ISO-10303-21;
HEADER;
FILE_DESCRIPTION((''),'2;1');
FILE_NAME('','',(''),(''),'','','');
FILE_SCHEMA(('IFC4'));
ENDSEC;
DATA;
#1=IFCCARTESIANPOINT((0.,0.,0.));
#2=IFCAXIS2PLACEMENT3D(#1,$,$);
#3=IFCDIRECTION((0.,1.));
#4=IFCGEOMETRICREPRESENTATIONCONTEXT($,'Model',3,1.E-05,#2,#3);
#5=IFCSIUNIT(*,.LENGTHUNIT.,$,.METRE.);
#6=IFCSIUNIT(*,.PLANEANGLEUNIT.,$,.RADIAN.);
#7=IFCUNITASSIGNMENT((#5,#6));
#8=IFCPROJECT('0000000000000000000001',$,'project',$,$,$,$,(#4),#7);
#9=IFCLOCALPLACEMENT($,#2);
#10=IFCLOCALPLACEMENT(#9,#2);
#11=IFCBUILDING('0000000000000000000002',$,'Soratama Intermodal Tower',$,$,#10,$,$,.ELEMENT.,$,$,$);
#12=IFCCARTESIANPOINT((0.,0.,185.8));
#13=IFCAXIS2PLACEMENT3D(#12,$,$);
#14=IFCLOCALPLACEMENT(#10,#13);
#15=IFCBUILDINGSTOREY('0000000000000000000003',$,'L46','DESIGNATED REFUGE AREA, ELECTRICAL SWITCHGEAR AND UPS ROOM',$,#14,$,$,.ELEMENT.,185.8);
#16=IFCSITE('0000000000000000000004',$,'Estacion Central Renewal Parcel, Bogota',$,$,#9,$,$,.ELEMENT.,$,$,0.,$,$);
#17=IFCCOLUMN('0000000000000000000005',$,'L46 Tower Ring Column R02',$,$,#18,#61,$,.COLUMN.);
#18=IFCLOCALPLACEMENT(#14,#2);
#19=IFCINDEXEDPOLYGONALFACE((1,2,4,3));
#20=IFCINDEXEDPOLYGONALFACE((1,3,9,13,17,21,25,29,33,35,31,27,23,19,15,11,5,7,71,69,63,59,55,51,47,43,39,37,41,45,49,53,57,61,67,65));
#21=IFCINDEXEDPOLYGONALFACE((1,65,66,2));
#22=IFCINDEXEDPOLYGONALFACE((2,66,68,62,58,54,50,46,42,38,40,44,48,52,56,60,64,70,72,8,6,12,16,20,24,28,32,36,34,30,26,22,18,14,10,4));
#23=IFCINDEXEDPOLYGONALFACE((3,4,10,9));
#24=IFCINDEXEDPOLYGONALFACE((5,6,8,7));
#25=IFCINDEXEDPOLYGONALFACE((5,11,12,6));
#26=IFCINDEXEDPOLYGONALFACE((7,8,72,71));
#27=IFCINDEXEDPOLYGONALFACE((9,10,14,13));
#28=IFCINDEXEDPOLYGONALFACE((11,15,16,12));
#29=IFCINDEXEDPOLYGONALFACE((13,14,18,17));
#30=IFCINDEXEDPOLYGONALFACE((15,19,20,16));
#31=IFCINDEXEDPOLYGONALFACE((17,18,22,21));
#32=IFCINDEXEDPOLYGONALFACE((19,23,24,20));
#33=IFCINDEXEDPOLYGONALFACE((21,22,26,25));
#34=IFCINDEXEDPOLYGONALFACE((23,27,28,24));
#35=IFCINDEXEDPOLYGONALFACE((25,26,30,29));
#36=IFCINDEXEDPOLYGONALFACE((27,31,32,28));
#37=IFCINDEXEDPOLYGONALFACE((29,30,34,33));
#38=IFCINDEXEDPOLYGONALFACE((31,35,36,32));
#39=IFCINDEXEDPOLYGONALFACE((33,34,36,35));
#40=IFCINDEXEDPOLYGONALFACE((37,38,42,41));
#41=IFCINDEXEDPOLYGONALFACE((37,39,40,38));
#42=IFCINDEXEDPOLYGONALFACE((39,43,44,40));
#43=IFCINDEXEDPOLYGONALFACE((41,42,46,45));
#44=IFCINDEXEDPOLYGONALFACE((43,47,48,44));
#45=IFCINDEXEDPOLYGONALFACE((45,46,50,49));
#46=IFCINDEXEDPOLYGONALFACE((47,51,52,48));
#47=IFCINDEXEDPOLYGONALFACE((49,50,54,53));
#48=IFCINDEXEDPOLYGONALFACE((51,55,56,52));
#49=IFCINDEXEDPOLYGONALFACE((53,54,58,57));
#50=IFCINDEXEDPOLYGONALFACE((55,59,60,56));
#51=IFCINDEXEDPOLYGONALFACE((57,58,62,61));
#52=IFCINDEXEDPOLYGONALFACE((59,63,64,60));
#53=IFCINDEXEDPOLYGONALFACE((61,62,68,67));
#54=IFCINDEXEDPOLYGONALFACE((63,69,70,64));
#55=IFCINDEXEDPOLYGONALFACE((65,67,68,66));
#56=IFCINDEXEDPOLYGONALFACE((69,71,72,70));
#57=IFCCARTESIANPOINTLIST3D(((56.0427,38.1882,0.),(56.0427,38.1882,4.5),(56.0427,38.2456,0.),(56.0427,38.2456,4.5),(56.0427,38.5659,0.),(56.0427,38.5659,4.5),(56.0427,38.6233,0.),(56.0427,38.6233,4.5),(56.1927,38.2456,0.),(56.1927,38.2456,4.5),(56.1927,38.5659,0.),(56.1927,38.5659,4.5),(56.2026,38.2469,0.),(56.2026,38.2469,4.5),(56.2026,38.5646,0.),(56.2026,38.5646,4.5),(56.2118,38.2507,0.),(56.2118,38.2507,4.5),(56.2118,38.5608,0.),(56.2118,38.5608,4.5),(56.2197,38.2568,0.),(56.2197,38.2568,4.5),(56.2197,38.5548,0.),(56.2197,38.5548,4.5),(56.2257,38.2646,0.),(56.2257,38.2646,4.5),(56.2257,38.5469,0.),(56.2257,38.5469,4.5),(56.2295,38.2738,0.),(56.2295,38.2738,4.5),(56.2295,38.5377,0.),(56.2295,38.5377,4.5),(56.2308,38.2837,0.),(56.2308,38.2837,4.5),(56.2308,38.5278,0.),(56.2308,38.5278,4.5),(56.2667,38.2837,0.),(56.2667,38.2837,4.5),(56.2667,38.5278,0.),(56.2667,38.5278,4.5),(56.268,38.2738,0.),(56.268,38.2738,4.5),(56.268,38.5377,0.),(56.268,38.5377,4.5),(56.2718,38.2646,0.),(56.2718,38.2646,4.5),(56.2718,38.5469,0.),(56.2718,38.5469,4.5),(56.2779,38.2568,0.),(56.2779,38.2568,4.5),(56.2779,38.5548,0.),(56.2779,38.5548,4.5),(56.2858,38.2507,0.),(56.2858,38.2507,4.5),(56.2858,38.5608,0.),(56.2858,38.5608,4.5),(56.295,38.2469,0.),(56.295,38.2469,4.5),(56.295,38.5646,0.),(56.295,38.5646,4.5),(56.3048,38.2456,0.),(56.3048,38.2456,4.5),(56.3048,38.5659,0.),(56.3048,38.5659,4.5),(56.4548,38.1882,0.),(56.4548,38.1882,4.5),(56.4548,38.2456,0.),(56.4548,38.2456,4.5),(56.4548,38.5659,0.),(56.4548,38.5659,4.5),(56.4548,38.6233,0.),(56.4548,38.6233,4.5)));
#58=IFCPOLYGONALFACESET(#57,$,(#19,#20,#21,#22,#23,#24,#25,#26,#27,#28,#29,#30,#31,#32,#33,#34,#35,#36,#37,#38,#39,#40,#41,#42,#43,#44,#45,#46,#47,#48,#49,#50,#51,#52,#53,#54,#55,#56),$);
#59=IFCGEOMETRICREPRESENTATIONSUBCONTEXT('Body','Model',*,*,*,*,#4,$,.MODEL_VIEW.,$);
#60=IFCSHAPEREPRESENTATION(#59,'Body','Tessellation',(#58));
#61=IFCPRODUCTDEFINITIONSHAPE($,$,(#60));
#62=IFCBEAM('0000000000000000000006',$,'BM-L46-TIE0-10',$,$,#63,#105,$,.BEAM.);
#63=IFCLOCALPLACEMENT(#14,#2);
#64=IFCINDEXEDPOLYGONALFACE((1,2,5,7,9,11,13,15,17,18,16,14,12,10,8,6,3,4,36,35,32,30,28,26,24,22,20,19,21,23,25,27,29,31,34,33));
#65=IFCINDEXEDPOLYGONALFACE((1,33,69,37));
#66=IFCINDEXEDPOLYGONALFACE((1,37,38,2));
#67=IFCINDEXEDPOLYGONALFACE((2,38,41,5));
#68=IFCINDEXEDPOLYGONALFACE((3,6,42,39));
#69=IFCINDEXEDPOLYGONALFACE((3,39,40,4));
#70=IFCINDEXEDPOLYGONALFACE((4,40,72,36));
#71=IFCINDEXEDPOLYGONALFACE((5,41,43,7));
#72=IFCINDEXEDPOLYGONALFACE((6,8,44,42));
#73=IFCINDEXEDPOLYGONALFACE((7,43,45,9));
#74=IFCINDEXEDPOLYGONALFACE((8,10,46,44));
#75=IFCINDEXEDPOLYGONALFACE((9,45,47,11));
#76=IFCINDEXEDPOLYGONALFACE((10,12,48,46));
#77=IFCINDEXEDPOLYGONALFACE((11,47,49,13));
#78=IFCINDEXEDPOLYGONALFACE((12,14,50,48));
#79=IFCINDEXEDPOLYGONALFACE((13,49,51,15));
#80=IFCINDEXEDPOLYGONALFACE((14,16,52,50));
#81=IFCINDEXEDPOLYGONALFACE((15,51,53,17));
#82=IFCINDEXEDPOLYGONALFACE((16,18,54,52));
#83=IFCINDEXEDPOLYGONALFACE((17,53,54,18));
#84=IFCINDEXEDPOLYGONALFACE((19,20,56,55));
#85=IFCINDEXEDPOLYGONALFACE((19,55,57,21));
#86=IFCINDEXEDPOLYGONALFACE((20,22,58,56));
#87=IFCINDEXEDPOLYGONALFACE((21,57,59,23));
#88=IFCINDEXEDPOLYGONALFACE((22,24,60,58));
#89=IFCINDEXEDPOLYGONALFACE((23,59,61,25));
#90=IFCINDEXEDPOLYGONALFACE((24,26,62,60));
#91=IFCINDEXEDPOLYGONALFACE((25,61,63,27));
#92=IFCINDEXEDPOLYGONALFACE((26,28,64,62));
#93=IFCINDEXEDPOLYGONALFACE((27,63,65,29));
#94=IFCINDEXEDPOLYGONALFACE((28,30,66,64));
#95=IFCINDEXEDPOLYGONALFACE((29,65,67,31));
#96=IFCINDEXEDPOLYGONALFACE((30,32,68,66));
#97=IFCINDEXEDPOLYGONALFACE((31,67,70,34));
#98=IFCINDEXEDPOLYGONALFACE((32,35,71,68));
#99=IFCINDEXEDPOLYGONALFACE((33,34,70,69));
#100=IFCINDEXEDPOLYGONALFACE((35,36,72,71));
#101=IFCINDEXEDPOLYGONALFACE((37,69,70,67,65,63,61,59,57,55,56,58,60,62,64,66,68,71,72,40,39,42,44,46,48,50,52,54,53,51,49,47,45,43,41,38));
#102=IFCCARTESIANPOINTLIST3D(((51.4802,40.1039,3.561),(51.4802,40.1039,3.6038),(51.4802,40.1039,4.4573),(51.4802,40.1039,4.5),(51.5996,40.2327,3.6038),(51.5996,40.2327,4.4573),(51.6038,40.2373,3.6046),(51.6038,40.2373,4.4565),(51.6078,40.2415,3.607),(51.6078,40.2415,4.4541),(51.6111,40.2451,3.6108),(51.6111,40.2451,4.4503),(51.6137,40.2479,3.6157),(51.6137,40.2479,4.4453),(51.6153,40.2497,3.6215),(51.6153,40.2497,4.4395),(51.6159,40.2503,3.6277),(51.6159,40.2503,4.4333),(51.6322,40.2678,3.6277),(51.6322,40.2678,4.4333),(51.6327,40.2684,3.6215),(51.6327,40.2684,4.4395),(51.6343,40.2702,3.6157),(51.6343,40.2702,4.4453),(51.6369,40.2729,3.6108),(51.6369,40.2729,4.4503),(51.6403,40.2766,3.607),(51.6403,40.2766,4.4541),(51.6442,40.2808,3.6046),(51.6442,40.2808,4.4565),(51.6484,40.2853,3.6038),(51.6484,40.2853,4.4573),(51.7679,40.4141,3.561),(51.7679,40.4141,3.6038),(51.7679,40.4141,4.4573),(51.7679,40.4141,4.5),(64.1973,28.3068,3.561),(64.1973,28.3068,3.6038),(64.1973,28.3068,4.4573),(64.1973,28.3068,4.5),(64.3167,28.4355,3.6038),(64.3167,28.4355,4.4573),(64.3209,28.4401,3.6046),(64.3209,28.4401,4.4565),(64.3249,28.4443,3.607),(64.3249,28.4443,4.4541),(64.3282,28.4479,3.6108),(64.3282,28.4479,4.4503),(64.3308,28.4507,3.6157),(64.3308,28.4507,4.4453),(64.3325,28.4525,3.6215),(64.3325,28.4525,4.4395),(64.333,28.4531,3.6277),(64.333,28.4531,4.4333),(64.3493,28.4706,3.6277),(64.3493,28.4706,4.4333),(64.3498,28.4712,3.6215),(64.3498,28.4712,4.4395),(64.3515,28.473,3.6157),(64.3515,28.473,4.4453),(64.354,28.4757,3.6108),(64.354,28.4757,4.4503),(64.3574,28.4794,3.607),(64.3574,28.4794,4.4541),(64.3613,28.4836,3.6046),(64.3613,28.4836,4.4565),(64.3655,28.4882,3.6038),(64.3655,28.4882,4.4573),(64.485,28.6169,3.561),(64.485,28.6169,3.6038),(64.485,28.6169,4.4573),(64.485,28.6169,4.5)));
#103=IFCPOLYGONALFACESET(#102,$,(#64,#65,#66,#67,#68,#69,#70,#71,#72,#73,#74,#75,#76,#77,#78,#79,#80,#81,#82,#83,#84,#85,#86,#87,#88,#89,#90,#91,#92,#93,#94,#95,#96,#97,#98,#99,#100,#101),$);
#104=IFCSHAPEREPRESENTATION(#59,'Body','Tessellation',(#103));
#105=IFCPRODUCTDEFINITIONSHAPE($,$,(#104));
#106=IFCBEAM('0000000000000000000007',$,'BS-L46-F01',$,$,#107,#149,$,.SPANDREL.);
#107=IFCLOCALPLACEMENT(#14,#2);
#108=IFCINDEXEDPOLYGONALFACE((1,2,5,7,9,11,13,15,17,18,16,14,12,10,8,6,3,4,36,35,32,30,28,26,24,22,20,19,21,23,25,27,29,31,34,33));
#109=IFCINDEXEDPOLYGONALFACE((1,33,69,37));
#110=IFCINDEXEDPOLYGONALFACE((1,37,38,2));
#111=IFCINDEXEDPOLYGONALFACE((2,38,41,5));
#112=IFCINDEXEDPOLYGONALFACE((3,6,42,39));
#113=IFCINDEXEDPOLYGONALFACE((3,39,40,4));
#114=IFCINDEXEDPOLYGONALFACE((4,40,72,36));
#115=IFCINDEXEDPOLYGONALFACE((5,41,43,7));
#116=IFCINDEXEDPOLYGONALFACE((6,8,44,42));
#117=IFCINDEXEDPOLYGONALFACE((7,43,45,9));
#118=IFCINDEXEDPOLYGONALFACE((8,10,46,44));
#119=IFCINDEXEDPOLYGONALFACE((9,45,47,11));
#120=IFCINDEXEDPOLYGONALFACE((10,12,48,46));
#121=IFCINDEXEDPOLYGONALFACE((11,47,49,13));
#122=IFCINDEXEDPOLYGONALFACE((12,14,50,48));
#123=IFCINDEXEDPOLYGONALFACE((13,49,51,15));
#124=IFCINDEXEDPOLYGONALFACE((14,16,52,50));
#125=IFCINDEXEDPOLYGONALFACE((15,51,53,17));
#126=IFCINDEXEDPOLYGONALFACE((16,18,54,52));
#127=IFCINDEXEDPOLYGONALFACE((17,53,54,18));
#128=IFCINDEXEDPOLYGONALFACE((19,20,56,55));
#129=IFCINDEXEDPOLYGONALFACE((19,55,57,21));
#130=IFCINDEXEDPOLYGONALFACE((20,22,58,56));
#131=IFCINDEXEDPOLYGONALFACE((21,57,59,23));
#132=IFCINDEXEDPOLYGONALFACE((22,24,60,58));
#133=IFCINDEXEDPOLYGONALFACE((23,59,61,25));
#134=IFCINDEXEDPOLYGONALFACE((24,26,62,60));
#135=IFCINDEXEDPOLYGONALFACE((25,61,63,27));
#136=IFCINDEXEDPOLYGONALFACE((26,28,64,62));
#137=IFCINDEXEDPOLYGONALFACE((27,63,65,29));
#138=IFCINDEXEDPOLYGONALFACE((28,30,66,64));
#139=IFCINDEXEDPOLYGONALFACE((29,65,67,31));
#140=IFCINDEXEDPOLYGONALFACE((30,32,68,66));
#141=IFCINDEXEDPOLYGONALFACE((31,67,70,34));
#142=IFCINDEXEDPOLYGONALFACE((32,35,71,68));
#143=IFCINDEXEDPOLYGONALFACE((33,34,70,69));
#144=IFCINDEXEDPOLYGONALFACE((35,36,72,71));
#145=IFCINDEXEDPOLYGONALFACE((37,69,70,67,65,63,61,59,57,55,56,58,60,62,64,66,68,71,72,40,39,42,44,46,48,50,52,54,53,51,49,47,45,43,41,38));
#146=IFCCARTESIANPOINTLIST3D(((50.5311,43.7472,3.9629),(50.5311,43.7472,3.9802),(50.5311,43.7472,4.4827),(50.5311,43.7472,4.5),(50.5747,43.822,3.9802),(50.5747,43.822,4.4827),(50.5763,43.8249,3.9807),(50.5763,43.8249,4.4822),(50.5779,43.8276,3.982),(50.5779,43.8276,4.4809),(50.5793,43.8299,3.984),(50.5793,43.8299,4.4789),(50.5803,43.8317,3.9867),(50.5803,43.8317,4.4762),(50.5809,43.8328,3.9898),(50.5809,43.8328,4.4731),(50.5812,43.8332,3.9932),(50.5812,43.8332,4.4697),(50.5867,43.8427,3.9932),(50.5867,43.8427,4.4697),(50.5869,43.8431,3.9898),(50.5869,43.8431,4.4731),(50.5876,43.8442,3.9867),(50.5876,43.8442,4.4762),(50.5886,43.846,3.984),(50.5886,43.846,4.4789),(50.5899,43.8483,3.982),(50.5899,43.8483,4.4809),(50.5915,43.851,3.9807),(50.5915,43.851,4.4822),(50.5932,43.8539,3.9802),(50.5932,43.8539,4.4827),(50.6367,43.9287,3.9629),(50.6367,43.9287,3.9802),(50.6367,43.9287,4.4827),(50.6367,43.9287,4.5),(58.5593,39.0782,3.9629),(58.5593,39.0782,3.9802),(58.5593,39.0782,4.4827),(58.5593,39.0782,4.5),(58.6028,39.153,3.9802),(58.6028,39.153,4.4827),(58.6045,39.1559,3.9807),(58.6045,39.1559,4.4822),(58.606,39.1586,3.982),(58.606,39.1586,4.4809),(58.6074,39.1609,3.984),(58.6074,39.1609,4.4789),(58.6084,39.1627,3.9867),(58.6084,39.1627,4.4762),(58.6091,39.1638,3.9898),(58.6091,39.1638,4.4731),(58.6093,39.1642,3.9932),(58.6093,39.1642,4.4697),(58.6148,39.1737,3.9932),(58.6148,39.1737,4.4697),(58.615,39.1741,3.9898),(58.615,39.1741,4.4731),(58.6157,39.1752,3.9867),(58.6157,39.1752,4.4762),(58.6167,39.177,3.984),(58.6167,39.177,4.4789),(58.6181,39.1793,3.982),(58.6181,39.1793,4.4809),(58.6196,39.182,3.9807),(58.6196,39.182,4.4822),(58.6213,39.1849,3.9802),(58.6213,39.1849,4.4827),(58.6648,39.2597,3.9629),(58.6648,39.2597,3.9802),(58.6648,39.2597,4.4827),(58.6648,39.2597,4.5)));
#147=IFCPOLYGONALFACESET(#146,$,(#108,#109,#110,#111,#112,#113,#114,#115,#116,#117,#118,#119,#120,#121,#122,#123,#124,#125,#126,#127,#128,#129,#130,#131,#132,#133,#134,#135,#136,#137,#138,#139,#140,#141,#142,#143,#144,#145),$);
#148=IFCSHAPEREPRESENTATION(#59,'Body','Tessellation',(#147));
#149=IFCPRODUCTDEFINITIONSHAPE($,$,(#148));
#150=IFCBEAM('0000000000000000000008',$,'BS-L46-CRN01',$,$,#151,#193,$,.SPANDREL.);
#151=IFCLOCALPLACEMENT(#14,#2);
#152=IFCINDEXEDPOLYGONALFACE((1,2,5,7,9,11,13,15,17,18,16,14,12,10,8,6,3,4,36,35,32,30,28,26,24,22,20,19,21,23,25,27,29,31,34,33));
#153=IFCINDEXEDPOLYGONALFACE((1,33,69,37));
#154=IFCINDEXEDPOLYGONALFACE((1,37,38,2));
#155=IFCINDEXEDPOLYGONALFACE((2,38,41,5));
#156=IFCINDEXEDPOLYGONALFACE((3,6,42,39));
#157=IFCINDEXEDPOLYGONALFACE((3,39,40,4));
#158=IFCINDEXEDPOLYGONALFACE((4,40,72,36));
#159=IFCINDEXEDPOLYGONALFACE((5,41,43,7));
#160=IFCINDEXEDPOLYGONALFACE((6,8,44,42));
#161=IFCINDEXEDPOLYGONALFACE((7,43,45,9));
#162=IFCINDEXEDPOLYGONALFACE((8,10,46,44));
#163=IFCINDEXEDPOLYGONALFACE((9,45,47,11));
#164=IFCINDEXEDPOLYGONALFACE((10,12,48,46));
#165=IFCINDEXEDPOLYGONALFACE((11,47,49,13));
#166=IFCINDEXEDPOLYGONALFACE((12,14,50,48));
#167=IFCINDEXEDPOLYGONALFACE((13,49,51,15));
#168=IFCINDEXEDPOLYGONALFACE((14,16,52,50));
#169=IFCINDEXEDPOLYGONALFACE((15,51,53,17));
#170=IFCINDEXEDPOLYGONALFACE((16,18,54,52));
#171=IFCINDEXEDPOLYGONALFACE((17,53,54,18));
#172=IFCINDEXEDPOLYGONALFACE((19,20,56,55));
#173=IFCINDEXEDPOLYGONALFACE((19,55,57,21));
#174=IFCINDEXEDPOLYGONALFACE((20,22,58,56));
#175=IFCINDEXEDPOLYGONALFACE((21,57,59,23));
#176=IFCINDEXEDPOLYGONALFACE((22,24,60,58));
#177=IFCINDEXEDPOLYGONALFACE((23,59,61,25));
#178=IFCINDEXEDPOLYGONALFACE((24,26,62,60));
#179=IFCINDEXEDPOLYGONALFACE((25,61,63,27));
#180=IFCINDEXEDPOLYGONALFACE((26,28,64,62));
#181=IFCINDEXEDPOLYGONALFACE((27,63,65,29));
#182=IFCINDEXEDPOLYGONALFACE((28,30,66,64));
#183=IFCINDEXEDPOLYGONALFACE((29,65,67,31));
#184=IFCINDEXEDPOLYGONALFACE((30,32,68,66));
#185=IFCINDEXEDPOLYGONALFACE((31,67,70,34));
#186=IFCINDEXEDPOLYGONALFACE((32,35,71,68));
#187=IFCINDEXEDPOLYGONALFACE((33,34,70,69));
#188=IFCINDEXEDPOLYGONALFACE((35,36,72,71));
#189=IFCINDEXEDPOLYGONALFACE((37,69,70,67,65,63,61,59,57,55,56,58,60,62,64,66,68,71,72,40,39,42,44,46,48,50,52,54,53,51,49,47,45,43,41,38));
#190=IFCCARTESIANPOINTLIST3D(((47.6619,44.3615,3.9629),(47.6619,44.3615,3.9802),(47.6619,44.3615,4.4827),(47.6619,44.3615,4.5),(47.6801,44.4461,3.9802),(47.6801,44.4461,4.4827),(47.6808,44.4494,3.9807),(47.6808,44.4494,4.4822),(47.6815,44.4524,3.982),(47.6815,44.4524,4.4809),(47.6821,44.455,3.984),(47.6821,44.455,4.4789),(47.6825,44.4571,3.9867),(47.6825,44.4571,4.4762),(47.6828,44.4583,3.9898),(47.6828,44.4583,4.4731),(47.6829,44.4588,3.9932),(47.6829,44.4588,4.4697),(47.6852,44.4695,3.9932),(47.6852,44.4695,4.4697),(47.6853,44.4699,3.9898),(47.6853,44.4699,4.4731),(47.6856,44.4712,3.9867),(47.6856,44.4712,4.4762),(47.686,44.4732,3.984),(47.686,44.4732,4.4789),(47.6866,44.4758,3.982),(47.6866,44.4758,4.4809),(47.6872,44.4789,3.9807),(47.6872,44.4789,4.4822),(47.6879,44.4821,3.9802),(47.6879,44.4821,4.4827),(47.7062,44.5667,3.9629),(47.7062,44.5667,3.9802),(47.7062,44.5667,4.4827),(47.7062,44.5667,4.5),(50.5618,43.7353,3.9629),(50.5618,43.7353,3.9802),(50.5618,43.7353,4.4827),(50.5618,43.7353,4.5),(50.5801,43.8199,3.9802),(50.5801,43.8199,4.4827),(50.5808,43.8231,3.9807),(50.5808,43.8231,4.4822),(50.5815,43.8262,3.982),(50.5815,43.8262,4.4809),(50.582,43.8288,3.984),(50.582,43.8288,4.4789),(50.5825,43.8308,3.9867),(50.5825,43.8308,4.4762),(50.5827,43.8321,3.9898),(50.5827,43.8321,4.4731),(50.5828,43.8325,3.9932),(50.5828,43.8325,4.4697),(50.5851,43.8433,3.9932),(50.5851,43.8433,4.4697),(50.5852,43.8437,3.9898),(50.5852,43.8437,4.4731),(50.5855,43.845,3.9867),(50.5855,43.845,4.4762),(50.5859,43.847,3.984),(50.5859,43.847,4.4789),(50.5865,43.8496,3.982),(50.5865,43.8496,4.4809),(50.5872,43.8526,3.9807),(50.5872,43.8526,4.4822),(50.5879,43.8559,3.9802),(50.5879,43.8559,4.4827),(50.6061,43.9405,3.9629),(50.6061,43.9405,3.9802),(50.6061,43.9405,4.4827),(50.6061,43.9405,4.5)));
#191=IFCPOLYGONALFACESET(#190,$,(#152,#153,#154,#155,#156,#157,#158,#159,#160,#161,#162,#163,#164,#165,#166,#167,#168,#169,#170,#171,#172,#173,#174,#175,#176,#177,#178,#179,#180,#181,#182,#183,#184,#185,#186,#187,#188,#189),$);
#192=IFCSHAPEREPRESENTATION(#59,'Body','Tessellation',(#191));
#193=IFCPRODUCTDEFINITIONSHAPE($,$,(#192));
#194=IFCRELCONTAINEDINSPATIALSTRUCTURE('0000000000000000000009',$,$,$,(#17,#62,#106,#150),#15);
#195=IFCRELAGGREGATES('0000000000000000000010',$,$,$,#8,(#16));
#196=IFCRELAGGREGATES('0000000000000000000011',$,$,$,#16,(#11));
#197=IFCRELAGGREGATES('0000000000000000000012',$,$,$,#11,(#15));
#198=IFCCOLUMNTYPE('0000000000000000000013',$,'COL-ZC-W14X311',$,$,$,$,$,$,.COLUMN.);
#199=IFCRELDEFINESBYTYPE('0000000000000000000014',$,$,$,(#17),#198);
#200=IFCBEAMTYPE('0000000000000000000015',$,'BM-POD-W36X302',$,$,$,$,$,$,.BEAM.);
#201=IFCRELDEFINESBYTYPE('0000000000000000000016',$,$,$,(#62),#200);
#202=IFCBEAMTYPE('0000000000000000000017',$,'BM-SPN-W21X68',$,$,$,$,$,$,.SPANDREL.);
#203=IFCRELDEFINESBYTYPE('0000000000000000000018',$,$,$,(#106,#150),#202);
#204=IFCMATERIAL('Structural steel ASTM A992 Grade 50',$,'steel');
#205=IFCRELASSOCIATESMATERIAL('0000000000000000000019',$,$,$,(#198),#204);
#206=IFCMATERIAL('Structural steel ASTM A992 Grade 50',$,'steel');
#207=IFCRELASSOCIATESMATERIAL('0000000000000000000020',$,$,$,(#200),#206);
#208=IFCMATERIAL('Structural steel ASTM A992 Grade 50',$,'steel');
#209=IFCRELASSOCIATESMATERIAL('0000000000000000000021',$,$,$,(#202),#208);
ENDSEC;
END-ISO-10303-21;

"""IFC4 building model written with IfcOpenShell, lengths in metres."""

from ifc_helpers import new_model, si_unit, direction, frame, origin, origin_2d, place, context, subcontext, project, spatial, i_section, extrude, material, material_profile, profile_set, type_object, element, save


model = new_model("IFC4")

# Units and contexts
model_context = context("Model", 3, precision=1e-05, world=origin(), true_north=direction((0.0, 1.0)))
body_context = subcontext(model_context, "Body", "Model", "MODEL_VIEW")
ifc_project = project(units=[si_unit("LENGTHUNIT", "METRE"), si_unit("PLANEANGLEUNIT", "RADIAN")], contexts=[model_context])

# Site, building, storey
site_placement = place(None, origin())
site = spatial("IfcSite", under=ifc_project, at=site_placement, Name="Estacion Central Renewal Parcel, Bogota", CompositionType="ELEMENT", RefElevation=0.0)
building_placement = place(site_placement, origin())
building = spatial("IfcBuilding", under=site, at=building_placement, Name="Soratama Intermodal Tower", CompositionType="ELEMENT")
storey_placement = place(building_placement, frame((0.0, 0.0, 185.8)))
storey = spatial("IfcBuildingStorey", under=building, at=storey_placement, Name="L46", Description="DESIGNATED REFUGE AREA, ELECTRICAL SWITCHGEAR AND UPS ROOM", CompositionType="ELEMENT", Elevation=185.8)

# Column
ifc_material_1 = material(Name="Structural steel ASTM A992 Grade 50", Category="steel")
ifc_material_profile_1 = material_profile(ifc_material_1, i_section(OverallWidth=0.4121, OverallDepth=0.4351, WebThickness=0.0359, FlangeThickness=0.0574, FilletRadius=0.0381, at=origin_2d()), Name="W14X311")
ifc_profile_set_1 = profile_set([ifc_material_profile_1], Name="Structural steel ASTM A992 Grade 50")
column_type = type_object("IfcColumnType", Name="COL-ZC-W14X311", PredefinedType="COLUMN", material=ifc_profile_set_1)
column_placement = place(storey_placement, frame((56.2488, 38.4058, 0.0), z_axis=(0.0, 0.0, 1.0), x_axis=(1.0, 0.0, 0.0)))
element("IfcColumn", 1, at=column_placement, inside=storey, type_object=column_type, Name="L46 Tower Ring Column R02", PredefinedType="COLUMN", context=body_context, shape_type="SweptSolid", body=[
    extrude(i_section(OverallWidth=0.4121, OverallDepth=0.4351, WebThickness=0.0359, FlangeThickness=0.0574, FilletRadius=0.0381, at=origin_2d()), origin(), (0.0, 0.0, 1.0), 4.5),
])

# Beams
ifc_material_2 = material(Name="Structural steel ASTM A992 Grade 50", Category="steel")
ifc_material_profile_2 = material_profile(ifc_material_2, i_section(OverallWidth=0.4231, OverallDepth=0.939, WebThickness=0.0239, FlangeThickness=0.0427, FilletRadius=0.0239, at=origin_2d()), Name="W36X302")
ifc_profile_set_2 = profile_set([ifc_material_profile_2], Name="Structural steel ASTM A992 Grade 50")
beam_type_1 = type_object("IfcBeamType", Name="BM-POD-W36X302", PredefinedType="BEAM", material=ifc_profile_set_2)
beam_1_placement = place(storey_placement, frame((51.624, 40.259, 4.0305), z_axis=(0.733126, -0.680093, 0.0), x_axis=(0.680093, 0.733126, 0.0)))
element("IfcBeam", 2, at=beam_1_placement, inside=storey, type_object=beam_type_1, Name="BM-L46-TIE0-10", PredefinedType="BEAM", context=body_context, shape_type="SweptSolid", body=[
    extrude(i_section(OverallWidth=0.4231, OverallDepth=0.939, WebThickness=0.0239, FlangeThickness=0.0427, FilletRadius=0.0239, at=origin_2d()), origin(), (0.0, 0.0, 1.0), 17.3464),
])
ifc_material_3 = material(Name="Structural steel ASTM A992 Grade 50", Category="steel")
ifc_material_profile_3 = material_profile(ifc_material_3, i_section(OverallWidth=0.21, OverallDepth=0.5371, WebThickness=0.011, FlangeThickness=0.0173, FilletRadius=0.0129, at=origin_2d()), Name="W21X68")
ifc_profile_set_3 = profile_set([ifc_material_profile_3], Name="Structural steel ASTM A992 Grade 50")
beam_type_2 = type_object("IfcBeamType", Name="BM-SPN-W21X68", PredefinedType="SPANDREL", material=ifc_profile_set_3)
beam_2_placement = place(storey_placement, frame((58.6121, 39.1689, 4.2314), z_axis=(-0.864439, 0.502738, 0.0), x_axis=(-0.502738, -0.864439, 0.0)))
element("IfcBeam", 3, at=beam_2_placement, inside=storey, type_object=beam_type_2, Name="BS-L46-F01", PredefinedType="SPANDREL", context=body_context, shape_type="SweptSolid", body=[
    extrude(i_section(OverallWidth=0.21, OverallDepth=0.5371, WebThickness=0.011, FlangeThickness=0.0173, FilletRadius=0.0129, at=origin_2d()), origin(), (0.0, 0.0, 1.0), 9.2871),
])
beam_3_placement = place(storey_placement, frame((50.584, 43.8379, 4.2314), z_axis=(-0.977469, 0.21108, 0.0), x_axis=(-0.21108, -0.977469, 0.0)))
element("IfcBeam", 4, at=beam_3_placement, inside=storey, type_object=beam_type_2, Name="BS-L46-CRN01", PredefinedType="SPANDREL", context=body_context, shape_type="SweptSolid", body=[
    extrude(i_section(OverallWidth=0.21, OverallDepth=0.5371, WebThickness=0.011, FlangeThickness=0.0173, FilletRadius=0.0129, at=origin_2d()), origin(), (0.0, 0.0, 1.0), 2.9668),
])

save(model, "model.ifc")
